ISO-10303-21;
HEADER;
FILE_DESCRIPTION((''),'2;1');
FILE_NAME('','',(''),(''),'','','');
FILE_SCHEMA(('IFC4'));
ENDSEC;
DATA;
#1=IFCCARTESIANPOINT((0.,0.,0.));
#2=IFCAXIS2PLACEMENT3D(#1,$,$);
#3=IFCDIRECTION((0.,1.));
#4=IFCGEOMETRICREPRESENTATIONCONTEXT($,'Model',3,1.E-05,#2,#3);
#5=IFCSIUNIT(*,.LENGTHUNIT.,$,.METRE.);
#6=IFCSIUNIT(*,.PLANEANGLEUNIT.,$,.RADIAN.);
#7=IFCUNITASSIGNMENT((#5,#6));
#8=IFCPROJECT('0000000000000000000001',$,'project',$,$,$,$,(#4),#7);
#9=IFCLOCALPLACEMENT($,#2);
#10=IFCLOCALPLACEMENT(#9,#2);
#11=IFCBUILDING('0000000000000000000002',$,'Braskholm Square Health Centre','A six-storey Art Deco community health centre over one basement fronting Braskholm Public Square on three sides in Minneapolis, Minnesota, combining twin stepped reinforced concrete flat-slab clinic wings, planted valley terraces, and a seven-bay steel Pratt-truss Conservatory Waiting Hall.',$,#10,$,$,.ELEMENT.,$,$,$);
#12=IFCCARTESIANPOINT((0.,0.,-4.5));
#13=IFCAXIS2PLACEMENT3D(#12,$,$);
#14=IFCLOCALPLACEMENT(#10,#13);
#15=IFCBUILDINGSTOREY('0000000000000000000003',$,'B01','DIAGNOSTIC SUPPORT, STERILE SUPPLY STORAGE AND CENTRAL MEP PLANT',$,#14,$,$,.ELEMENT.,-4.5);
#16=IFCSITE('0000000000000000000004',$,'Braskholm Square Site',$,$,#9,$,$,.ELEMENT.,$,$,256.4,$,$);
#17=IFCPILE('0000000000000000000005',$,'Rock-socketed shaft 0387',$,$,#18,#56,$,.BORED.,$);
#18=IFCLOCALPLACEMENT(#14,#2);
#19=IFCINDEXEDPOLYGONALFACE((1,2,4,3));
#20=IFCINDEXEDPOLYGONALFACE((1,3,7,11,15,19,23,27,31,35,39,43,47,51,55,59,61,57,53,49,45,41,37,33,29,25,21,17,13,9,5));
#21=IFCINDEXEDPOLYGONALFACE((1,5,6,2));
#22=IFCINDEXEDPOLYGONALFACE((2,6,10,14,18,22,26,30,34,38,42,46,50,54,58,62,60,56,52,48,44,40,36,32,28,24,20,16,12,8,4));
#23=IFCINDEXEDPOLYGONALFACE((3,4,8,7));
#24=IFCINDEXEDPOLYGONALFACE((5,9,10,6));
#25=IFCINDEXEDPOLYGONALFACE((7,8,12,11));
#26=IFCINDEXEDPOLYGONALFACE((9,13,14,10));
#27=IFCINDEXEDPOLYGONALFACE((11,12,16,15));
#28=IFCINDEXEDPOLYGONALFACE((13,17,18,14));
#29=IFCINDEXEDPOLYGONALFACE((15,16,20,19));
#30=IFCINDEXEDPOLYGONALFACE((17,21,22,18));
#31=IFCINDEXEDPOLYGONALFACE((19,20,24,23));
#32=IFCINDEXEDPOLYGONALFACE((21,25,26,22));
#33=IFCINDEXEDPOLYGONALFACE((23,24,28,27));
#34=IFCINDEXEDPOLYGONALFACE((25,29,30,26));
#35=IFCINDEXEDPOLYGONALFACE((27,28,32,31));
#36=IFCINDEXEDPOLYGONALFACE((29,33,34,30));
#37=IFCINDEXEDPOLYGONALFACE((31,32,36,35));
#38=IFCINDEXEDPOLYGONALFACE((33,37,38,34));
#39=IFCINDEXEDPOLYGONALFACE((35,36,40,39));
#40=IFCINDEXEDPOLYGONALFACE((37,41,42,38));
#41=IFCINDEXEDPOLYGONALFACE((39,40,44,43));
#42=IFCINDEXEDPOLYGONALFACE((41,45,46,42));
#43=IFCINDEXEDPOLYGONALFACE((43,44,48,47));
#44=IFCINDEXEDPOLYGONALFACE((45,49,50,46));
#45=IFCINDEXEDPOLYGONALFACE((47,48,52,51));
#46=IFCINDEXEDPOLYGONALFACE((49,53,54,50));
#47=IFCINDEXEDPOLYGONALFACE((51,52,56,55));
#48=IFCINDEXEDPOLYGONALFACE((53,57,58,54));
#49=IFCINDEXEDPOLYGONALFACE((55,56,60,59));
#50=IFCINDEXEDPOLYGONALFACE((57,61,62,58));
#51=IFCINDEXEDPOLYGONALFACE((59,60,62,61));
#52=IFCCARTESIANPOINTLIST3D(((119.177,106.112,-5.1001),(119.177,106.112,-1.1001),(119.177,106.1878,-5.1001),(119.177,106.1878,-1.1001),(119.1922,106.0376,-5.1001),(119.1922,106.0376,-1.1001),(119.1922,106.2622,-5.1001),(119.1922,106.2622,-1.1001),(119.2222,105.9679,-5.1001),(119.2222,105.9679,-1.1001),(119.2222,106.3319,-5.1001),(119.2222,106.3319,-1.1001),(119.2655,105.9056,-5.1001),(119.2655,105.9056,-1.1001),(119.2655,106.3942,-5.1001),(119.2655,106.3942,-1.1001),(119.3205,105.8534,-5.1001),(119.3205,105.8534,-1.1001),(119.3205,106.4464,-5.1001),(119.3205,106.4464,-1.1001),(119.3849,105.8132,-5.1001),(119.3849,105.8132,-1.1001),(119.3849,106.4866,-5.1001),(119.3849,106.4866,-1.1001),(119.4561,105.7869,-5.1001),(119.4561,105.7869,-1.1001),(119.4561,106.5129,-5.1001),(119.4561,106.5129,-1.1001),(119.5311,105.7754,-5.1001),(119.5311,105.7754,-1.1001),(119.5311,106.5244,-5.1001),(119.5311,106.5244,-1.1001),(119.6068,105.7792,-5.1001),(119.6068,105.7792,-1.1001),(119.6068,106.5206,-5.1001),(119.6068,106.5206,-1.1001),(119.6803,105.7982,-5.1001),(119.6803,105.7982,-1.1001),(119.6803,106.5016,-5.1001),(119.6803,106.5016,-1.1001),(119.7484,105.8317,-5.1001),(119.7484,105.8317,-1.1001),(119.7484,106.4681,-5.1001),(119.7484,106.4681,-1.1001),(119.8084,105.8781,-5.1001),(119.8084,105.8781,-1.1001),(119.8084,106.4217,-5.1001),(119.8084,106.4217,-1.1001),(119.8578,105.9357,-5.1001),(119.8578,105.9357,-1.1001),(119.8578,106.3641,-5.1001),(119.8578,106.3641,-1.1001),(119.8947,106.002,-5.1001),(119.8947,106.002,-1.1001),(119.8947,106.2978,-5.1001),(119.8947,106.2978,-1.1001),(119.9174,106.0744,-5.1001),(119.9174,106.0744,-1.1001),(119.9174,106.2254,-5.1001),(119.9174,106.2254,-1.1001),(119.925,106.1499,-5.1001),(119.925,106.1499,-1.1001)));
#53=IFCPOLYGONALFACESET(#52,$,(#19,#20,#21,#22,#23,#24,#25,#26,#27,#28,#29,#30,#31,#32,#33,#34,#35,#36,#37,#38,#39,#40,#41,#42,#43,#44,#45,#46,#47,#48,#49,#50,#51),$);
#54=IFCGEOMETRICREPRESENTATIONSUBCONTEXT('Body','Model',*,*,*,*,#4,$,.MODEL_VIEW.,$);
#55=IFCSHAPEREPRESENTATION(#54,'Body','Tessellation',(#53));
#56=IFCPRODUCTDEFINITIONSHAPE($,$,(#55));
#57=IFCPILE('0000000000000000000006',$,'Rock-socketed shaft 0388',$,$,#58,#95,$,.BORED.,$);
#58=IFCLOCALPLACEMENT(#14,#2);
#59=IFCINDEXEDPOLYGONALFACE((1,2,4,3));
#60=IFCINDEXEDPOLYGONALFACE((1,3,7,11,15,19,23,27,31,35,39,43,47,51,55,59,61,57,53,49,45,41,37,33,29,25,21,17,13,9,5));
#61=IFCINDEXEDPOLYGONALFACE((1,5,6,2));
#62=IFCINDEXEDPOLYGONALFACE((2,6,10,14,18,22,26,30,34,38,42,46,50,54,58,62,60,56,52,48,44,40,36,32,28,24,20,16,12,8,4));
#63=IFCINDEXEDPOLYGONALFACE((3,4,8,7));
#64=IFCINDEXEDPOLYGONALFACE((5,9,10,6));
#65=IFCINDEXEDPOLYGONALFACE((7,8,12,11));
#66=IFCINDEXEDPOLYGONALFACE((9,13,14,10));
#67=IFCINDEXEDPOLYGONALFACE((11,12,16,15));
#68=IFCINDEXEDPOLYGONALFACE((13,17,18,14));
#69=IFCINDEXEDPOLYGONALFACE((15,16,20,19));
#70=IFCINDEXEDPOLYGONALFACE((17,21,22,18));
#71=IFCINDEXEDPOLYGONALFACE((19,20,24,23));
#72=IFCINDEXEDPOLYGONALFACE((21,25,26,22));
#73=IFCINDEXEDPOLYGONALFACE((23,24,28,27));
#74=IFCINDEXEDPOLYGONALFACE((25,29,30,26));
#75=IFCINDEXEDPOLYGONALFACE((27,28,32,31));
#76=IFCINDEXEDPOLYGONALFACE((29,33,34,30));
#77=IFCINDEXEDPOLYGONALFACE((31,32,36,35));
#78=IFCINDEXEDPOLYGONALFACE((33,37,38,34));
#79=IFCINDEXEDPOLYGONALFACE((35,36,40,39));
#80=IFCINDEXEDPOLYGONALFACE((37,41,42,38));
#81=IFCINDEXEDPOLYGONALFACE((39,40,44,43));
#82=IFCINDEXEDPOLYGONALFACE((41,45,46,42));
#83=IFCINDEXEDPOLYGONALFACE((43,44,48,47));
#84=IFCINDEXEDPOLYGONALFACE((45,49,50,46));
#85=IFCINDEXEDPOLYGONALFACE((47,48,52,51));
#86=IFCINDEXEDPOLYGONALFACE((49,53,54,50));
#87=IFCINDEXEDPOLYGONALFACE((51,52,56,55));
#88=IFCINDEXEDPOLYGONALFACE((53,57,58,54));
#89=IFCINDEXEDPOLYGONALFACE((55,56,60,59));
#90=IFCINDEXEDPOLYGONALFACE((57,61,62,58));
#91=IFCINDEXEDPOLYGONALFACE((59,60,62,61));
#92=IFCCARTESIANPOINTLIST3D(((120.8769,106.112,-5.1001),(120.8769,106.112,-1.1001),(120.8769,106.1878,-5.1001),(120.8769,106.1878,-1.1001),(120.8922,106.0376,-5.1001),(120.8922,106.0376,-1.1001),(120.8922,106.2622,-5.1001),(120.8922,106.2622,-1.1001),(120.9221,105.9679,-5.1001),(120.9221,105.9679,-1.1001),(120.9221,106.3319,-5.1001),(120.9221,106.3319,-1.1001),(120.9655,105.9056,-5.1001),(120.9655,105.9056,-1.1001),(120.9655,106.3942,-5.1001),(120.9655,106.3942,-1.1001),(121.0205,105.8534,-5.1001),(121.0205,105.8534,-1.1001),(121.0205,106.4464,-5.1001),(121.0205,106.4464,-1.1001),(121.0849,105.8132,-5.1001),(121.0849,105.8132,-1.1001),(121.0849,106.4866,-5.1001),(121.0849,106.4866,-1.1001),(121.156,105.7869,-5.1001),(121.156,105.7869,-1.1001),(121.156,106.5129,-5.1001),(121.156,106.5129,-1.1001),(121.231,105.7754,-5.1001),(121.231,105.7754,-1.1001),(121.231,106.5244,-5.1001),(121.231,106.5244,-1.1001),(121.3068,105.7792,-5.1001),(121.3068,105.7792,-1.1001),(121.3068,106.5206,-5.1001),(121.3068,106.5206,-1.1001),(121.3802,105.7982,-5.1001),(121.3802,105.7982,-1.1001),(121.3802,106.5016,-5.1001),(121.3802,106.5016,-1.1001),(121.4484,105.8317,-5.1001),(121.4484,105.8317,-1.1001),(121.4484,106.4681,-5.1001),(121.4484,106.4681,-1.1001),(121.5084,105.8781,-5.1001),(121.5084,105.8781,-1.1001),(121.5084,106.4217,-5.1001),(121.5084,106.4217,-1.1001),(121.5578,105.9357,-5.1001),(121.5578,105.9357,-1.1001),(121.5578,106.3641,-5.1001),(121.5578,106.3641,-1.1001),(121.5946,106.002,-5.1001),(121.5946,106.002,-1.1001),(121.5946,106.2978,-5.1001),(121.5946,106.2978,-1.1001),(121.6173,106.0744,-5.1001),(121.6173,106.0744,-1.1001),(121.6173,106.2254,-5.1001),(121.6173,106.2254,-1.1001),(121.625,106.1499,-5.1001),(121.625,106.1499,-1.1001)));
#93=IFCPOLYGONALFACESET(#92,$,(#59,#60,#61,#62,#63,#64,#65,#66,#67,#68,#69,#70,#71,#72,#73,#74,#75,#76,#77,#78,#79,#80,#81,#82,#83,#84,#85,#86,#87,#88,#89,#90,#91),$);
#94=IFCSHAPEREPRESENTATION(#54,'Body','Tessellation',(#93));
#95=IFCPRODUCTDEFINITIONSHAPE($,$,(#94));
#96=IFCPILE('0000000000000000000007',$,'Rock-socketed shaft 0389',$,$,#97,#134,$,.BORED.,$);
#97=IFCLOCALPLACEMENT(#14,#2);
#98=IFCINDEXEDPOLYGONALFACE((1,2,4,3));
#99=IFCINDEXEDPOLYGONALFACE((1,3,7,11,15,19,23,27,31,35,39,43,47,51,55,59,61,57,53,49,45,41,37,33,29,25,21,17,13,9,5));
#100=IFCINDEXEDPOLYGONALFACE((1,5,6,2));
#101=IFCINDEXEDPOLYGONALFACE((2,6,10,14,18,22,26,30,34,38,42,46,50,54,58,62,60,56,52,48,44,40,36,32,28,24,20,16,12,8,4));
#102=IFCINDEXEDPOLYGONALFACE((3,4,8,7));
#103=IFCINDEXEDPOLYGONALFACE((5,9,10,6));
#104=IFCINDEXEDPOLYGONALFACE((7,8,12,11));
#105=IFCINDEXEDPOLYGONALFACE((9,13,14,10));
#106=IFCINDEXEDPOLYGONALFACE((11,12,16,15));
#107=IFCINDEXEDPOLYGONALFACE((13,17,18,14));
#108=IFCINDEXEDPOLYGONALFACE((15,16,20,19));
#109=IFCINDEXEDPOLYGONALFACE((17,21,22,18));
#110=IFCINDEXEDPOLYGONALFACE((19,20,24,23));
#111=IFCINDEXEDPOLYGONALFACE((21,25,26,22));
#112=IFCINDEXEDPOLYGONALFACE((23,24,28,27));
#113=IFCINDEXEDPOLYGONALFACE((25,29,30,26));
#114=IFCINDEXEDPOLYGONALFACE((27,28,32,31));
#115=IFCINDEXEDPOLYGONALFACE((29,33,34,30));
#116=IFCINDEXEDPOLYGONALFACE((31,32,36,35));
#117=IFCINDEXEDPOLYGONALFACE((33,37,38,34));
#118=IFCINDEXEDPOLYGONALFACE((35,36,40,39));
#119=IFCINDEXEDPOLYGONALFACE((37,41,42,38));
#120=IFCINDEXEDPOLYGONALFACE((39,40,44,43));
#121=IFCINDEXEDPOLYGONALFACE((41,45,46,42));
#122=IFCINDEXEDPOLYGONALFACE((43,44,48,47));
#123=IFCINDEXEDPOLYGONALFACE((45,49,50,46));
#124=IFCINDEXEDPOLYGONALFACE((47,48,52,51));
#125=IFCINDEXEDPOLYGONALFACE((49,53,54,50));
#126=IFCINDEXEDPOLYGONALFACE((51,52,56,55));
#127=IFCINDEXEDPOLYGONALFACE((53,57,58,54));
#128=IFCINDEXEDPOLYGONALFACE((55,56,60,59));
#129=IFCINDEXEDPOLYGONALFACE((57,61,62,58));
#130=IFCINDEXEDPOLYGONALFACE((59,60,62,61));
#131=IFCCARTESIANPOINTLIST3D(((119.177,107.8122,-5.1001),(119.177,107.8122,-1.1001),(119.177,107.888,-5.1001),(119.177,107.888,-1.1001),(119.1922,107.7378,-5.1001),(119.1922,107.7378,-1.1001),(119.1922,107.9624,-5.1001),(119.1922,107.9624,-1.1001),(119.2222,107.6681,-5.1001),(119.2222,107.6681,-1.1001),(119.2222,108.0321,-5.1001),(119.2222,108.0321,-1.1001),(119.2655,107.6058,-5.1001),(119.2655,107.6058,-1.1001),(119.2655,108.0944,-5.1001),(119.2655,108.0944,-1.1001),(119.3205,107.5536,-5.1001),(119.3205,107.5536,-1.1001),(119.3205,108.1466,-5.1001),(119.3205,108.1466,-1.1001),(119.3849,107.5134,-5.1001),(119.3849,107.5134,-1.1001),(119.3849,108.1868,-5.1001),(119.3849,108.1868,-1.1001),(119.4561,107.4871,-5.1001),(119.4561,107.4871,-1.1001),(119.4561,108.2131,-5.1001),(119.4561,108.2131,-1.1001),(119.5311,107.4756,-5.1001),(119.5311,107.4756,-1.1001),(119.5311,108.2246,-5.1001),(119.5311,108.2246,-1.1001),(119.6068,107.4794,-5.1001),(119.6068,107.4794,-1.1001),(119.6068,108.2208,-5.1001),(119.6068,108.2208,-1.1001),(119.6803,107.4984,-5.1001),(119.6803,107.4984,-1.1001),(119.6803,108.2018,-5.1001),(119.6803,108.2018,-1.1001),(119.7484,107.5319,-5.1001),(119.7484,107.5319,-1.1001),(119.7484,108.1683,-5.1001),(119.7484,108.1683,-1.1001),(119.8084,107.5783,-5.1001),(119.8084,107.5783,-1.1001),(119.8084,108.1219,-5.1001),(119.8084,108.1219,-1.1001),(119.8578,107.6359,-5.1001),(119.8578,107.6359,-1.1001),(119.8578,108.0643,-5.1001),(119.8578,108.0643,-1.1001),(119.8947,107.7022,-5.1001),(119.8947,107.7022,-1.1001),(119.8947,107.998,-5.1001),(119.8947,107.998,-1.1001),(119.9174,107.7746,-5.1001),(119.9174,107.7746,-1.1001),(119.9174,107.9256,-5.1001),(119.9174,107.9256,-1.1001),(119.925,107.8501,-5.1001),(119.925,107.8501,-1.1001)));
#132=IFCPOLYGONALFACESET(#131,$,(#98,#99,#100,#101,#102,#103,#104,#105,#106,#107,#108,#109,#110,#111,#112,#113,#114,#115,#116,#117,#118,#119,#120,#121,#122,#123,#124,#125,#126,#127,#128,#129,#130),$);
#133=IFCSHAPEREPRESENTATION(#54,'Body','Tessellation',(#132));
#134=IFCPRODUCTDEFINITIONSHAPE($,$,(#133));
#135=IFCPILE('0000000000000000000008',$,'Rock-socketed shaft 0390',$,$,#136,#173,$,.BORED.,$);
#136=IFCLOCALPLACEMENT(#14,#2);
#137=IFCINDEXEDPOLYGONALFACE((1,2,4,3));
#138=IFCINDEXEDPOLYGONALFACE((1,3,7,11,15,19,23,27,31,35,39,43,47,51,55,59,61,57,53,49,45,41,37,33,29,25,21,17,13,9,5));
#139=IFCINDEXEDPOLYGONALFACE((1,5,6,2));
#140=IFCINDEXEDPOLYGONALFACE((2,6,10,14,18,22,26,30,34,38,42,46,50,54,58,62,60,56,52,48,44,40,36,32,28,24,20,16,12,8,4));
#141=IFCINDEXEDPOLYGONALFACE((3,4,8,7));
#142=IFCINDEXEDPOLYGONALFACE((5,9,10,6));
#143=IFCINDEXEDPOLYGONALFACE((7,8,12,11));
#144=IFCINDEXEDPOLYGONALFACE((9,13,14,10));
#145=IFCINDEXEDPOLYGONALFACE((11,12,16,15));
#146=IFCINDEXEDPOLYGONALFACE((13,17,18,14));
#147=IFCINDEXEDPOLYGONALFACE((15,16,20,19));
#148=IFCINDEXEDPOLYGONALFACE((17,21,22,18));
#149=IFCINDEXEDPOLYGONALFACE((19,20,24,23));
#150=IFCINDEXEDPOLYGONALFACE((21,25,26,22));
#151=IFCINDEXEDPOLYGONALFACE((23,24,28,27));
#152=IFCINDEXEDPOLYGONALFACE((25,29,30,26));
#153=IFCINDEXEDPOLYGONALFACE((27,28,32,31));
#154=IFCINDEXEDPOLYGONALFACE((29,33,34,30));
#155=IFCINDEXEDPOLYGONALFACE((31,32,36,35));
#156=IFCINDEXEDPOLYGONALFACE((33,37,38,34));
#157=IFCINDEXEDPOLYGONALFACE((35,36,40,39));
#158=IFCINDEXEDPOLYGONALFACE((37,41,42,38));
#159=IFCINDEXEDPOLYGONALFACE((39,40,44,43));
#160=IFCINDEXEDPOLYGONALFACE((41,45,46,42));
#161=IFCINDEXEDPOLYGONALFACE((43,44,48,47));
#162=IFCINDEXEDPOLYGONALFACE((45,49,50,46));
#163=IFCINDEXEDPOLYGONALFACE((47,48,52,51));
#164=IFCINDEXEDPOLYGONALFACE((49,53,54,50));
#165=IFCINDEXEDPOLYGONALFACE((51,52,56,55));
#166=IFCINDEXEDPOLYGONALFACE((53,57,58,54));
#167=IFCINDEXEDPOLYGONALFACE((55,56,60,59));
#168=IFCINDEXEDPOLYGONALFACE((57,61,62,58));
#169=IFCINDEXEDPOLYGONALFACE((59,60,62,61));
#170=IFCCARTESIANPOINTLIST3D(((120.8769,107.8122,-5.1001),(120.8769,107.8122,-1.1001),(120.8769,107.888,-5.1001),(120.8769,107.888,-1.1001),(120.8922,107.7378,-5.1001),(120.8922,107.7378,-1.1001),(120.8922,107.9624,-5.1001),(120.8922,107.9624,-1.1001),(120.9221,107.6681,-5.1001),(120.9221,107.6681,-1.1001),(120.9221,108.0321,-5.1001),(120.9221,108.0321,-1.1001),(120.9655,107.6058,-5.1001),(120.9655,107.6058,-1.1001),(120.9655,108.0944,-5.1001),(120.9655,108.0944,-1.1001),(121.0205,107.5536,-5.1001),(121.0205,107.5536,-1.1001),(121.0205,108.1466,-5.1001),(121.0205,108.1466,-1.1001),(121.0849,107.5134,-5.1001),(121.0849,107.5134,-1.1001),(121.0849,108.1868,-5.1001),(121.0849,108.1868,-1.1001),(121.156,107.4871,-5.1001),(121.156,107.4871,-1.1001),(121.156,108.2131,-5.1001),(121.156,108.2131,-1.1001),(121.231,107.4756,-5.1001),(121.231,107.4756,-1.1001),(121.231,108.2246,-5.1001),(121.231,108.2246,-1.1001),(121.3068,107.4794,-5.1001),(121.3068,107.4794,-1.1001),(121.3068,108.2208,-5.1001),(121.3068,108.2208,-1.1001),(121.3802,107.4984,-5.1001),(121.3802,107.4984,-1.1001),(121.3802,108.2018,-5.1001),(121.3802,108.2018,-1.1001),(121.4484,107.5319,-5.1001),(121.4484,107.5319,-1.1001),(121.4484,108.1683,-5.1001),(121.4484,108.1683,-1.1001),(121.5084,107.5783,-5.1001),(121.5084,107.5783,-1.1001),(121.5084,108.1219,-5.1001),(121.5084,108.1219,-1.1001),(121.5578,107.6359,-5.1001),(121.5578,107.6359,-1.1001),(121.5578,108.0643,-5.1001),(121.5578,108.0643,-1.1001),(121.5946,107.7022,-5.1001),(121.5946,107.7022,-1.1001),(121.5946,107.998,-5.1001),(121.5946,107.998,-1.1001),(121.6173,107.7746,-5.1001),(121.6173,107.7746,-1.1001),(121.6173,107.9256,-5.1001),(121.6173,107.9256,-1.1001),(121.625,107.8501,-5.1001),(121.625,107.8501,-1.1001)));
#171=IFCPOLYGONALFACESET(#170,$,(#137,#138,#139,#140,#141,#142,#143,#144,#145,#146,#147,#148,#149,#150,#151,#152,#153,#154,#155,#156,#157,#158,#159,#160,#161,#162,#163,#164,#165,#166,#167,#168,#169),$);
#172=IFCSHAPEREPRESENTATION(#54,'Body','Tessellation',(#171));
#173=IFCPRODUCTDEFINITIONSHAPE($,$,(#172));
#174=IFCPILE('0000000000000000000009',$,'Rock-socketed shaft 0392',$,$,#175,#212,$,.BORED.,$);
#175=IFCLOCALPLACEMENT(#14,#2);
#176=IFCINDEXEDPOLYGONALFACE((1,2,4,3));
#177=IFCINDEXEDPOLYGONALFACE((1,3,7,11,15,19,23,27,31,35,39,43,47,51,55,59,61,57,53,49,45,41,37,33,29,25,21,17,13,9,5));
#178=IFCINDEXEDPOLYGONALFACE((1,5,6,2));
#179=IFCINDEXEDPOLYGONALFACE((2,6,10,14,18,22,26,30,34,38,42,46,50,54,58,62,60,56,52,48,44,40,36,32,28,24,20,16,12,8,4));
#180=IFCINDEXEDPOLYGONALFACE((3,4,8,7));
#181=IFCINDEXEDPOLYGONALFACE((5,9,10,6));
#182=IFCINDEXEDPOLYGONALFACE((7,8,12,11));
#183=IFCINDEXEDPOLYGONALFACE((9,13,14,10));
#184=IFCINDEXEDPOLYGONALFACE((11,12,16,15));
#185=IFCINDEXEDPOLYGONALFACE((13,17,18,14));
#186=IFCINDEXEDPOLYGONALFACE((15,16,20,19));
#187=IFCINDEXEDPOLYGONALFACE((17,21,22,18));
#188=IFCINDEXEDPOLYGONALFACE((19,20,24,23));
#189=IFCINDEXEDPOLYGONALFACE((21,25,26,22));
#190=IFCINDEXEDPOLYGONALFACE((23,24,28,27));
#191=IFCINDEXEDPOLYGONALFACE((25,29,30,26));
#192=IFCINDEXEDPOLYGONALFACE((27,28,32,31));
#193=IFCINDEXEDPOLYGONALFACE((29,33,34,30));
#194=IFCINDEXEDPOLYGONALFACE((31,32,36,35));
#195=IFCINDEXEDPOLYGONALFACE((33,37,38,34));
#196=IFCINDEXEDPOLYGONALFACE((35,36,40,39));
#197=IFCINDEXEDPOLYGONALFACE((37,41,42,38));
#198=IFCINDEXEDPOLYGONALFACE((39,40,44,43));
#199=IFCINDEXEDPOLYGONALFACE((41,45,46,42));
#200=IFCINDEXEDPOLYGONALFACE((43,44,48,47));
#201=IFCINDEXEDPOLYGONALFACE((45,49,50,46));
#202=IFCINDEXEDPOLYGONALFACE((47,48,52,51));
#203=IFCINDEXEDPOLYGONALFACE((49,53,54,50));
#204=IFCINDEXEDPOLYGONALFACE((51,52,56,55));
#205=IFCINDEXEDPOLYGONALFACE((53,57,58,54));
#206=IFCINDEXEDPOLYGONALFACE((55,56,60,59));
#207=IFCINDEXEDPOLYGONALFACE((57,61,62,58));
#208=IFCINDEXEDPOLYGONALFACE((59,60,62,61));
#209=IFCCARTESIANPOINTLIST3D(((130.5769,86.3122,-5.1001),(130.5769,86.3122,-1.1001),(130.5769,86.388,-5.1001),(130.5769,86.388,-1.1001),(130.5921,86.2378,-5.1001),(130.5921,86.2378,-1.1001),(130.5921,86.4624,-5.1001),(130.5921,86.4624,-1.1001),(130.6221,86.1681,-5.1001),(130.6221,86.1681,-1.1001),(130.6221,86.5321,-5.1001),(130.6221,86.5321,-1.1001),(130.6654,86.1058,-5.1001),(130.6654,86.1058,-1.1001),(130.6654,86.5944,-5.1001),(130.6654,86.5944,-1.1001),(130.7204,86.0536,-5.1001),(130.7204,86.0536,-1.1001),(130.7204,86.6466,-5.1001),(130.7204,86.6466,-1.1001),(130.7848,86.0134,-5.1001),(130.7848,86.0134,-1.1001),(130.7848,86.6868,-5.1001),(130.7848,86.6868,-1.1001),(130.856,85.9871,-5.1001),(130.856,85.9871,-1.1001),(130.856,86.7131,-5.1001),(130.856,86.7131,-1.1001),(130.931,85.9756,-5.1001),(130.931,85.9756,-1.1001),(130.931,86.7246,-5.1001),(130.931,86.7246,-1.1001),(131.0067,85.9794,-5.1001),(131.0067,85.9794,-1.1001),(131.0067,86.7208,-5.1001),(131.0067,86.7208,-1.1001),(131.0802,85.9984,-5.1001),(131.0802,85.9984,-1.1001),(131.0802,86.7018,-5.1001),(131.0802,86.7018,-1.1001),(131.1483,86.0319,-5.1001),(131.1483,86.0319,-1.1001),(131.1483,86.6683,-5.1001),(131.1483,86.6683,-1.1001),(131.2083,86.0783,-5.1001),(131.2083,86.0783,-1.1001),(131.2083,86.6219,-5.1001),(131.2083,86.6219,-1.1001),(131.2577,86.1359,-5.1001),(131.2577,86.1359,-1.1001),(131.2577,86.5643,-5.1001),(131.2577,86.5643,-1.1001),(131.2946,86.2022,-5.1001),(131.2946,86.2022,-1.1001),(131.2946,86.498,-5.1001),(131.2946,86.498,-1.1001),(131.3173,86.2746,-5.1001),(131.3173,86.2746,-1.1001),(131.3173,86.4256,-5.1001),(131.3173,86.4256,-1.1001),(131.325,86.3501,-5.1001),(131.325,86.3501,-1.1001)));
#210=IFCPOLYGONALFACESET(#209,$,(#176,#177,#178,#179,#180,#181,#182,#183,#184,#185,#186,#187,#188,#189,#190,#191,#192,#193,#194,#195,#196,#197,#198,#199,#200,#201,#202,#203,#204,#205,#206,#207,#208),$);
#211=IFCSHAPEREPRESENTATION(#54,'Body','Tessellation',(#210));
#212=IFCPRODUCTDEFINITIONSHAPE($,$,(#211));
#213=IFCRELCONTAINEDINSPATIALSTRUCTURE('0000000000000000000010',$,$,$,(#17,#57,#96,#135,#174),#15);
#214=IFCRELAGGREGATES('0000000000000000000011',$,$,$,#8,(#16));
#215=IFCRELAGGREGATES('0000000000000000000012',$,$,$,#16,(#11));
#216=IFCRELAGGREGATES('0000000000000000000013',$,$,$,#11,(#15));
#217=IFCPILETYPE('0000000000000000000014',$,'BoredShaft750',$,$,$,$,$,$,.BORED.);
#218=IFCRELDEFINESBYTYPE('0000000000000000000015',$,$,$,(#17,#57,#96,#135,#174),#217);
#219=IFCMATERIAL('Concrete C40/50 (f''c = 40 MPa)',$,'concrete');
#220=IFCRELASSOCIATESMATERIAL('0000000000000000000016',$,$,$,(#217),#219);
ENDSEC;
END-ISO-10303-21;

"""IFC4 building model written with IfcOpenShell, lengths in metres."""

from ifc_helpers import new_model, si_unit, direction, frame, origin, origin_2d, place, context, subcontext, project, spatial, circle, extrude, material, material_profile, profile_set, type_object, element, save


model = new_model("IFC4")

# Units and contexts
model_context = context("Model", 3, precision=1e-05, world=origin(), true_north=direction((0.0, 1.0)))
body_context = subcontext(model_context, "Body", "Model", "MODEL_VIEW")
ifc_project = project(units=[si_unit("LENGTHUNIT", "METRE"), si_unit("PLANEANGLEUNIT", "RADIAN")], contexts=[model_context])

# Site, building, storey
site_placement = place(None, origin())
site = spatial("IfcSite", under=ifc_project, at=site_placement, Name="Braskholm Square Site", CompositionType="ELEMENT", RefElevation=256.4)
building_placement = place(site_placement, origin())
building = spatial("IfcBuilding", under=site, at=building_placement, Name="Braskholm Square Health Centre", Description="A six-storey Art Deco community health centre over one basement fronting Braskholm Public Square on three sides in Minneapolis, Minnesota, combining twin stepped reinforced concrete flat-slab clinic wings, planted valley terraces, and a seven-bay steel Pratt-truss Conservatory Waiting Hall.", CompositionType="ELEMENT")
storey_placement = place(building_placement, frame((0.0, 0.0, -4.5)))
storey = spatial("IfcBuildingStorey", under=building, at=storey_placement, Name="B01", Description="DIAGNOSTIC SUPPORT, STERILE SUPPLY STORAGE AND CENTRAL MEP PLANT", CompositionType="ELEMENT", Elevation=-4.5)

# Piles
ifc_material_1 = material(Name="Concrete C40/50 (f'c = 40 MPa)", Category="concrete")
ifc_material_profile_1 = material_profile(ifc_material_1, circle(Radius=0.375, at=origin_2d()), Name="BORED-PILE-750")
ifc_profile_set_1 = profile_set([ifc_material_profile_1], Name="Concrete C40/50 (f'c = 40 MPa)")
pile_type = type_object("IfcPileType", Name="BoredShaft750", PredefinedType="BORED", material=ifc_profile_set_1)
for number, where, z_axis, x_axis, name in (
    (1, (119.55, 106.1499, -1.1001), (0.0, 0.0, -1.0), (1.0, 0.0, 0.0), "Rock-socketed shaft 0387"),
    (2, (121.25, 106.1499, -1.1001), (0.0, 0.0, -1.0), (1.0, 0.0, 0.0), "Rock-socketed shaft 0388"),
    (3, (119.55, 107.8501, -1.1001), (0.0, 0.0, -1.0), (1.0, 0.0, 0.0), "Rock-socketed shaft 0389"),
    (4, (121.25, 107.8501, -1.1001), (0.0, 0.0, -1.0), (1.0, 0.0, 0.0), "Rock-socketed shaft 0390"),
    (5, (130.95, 86.3501, -1.1001), (0.0, 0.0, -1.0), (1.0, 0.0, 0.0), "Rock-socketed shaft 0392"),
):
    element("IfcPile", number, at=place(storey_placement, frame(where, z_axis=z_axis, x_axis=x_axis)), inside=storey, type_object=pile_type, Name=name, PredefinedType="BORED", context=body_context, shape_type="SweptSolid", body=[
        extrude(circle(Radius=0.375, at=origin_2d()), origin(), (0.0, 0.0, 1.0), 4.0),
    ])

save(model, "model.ifc")
